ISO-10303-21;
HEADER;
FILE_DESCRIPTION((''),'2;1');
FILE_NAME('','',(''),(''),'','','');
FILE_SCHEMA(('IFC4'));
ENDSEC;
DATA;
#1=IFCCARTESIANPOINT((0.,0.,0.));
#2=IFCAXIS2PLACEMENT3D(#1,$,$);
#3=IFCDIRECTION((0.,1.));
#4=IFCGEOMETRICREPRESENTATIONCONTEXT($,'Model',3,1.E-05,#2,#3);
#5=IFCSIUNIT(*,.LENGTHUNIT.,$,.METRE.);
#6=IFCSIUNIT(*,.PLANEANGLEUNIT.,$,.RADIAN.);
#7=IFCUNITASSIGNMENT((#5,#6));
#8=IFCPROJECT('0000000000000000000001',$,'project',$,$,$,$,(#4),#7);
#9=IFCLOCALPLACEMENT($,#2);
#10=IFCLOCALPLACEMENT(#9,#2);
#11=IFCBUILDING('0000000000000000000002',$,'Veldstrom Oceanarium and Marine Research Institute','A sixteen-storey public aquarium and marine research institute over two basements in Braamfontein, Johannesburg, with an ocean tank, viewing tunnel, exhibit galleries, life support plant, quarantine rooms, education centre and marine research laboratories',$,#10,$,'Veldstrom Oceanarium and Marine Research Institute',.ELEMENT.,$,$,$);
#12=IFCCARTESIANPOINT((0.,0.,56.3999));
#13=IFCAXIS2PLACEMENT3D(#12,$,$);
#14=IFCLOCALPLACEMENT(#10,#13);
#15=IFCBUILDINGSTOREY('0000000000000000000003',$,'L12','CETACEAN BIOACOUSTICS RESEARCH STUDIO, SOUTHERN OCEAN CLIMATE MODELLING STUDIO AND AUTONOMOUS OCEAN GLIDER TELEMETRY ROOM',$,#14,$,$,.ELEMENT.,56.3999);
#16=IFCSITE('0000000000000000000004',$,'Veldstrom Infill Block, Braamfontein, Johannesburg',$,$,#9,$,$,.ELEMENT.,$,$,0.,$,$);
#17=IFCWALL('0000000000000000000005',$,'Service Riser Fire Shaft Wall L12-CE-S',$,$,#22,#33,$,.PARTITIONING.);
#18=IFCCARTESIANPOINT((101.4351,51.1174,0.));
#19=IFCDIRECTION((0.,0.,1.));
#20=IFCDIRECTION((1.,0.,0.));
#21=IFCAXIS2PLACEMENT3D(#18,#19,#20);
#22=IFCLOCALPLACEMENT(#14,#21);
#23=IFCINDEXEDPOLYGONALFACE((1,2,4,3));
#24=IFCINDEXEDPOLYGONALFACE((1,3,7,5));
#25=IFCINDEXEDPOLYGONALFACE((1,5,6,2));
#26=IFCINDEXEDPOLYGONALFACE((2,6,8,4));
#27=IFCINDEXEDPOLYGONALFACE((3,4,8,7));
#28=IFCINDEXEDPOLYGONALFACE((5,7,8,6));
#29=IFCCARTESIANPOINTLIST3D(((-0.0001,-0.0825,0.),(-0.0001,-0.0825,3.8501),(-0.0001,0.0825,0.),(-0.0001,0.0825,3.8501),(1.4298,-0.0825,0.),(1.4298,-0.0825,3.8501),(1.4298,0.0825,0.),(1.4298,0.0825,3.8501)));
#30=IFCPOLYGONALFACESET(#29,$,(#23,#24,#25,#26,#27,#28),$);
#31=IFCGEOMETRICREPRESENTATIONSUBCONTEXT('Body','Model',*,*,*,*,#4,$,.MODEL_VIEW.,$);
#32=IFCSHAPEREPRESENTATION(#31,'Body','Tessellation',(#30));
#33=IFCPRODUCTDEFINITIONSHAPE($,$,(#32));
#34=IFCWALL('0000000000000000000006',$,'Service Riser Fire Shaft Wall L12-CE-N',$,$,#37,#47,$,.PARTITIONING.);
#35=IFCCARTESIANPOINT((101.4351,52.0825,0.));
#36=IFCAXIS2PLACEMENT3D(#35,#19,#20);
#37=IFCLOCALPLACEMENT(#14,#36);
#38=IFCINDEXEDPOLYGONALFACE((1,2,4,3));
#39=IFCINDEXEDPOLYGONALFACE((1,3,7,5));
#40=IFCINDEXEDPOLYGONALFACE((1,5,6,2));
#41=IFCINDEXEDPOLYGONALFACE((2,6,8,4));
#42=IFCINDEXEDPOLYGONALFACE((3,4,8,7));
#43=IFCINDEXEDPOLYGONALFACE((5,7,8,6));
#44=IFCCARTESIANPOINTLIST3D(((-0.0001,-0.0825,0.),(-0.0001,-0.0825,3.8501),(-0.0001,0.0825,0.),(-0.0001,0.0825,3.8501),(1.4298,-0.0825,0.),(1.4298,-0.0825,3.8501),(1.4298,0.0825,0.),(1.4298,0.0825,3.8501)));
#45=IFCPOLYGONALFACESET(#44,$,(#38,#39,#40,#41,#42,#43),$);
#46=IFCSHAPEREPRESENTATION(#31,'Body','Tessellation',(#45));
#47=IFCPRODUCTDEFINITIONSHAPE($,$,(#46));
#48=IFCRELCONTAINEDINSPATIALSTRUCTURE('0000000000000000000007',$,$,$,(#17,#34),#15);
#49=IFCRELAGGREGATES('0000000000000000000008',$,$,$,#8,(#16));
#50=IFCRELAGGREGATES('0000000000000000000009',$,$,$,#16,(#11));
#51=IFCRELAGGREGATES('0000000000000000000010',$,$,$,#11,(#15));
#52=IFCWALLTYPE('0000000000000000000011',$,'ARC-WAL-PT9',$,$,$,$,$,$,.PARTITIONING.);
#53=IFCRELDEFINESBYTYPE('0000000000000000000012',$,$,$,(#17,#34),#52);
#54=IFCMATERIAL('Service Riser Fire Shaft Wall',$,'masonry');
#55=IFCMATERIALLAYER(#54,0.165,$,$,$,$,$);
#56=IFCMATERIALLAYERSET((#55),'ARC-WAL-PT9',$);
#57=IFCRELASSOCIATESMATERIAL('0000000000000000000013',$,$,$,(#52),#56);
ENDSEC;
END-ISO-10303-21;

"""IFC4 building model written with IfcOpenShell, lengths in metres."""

from ifc_helpers import new_model, si_unit, direction, frame, frame_2d, origin, place, context, subcontext, project, spatial, rectangle, extrude, material, layer, layer_set, type_object, element, save


model = new_model("IFC4")

# Units and contexts
model_context = context("Model", 3, precision=1e-05, world=origin(), true_north=direction((0.0, 1.0)))
body_context = subcontext(model_context, "Body", "Model", "MODEL_VIEW")
ifc_project = project(units=[si_unit("LENGTHUNIT", "METRE"), si_unit("PLANEANGLEUNIT", "RADIAN")], contexts=[model_context])

# Site, building, storey
site_placement = place(None, origin())
site = spatial("IfcSite", under=ifc_project, at=site_placement, Name="Veldstrom Infill Block, Braamfontein, Johannesburg", CompositionType="ELEMENT", RefElevation=0.0)
building_placement = place(site_placement, origin())
building = spatial("IfcBuilding", under=site, at=building_placement, Name="Veldstrom Oceanarium and Marine Research Institute", Description="A sixteen-storey public aquarium and marine research institute over two basements in Braamfontein, Johannesburg, with an ocean tank, viewing tunnel, exhibit galleries, life support plant, quarantine rooms, education centre and marine research laboratories", LongName="Veldstrom Oceanarium and Marine Research Institute", CompositionType="ELEMENT")
storey_placement = place(building_placement, frame((0.0, 0.0, 56.3999)))
storey = spatial("IfcBuildingStorey", under=building, at=storey_placement, Name="L12", Description="CETACEAN BIOACOUSTICS RESEARCH STUDIO, SOUTHERN OCEAN CLIMATE MODELLING STUDIO AND AUTONOMOUS OCEAN GLIDER TELEMETRY ROOM", CompositionType="ELEMENT", Elevation=56.3999)

# Walls
ifc_material_1 = material(Name="Service Riser Fire Shaft Wall", Category="masonry")
ifc_layer_1 = layer(ifc_material_1, 0.165)
ifc_layer_set_1 = layer_set([ifc_layer_1], Name="ARC-WAL-PT9")
wall_type_1 = type_object("IfcWallType", Name="ARC-WAL-PT9", PredefinedType="PARTITIONING", material=ifc_layer_set_1)
for number, where, z_axis, x_axis, name in (
    (1, (101.4351, 51.1174, 0.0), (0.0, 0.0, 1.0), (1.0, 0.0, 0.0), "Service Riser Fire Shaft Wall L12-CE-S"),
    (2, (101.4351, 52.0825, 0.0), (0.0, 0.0, 1.0), (1.0, 0.0, 0.0), "Service Riser Fire Shaft Wall L12-CE-N"),
):
    element("IfcWall", number, at=place(storey_placement, frame(where, z_axis=z_axis, x_axis=x_axis)), inside=storey, type_object=wall_type_1, Name=name, PredefinedType="PARTITIONING", context=body_context, shape_type="SweptSolid", body=[
        extrude(rectangle(XDim=1.4299, YDim=0.165, at=frame_2d((0.7148, 0.0))), origin(), (0.0, 0.0, 1.0), 3.8501),
    ])

save(model, "model.ifc")
